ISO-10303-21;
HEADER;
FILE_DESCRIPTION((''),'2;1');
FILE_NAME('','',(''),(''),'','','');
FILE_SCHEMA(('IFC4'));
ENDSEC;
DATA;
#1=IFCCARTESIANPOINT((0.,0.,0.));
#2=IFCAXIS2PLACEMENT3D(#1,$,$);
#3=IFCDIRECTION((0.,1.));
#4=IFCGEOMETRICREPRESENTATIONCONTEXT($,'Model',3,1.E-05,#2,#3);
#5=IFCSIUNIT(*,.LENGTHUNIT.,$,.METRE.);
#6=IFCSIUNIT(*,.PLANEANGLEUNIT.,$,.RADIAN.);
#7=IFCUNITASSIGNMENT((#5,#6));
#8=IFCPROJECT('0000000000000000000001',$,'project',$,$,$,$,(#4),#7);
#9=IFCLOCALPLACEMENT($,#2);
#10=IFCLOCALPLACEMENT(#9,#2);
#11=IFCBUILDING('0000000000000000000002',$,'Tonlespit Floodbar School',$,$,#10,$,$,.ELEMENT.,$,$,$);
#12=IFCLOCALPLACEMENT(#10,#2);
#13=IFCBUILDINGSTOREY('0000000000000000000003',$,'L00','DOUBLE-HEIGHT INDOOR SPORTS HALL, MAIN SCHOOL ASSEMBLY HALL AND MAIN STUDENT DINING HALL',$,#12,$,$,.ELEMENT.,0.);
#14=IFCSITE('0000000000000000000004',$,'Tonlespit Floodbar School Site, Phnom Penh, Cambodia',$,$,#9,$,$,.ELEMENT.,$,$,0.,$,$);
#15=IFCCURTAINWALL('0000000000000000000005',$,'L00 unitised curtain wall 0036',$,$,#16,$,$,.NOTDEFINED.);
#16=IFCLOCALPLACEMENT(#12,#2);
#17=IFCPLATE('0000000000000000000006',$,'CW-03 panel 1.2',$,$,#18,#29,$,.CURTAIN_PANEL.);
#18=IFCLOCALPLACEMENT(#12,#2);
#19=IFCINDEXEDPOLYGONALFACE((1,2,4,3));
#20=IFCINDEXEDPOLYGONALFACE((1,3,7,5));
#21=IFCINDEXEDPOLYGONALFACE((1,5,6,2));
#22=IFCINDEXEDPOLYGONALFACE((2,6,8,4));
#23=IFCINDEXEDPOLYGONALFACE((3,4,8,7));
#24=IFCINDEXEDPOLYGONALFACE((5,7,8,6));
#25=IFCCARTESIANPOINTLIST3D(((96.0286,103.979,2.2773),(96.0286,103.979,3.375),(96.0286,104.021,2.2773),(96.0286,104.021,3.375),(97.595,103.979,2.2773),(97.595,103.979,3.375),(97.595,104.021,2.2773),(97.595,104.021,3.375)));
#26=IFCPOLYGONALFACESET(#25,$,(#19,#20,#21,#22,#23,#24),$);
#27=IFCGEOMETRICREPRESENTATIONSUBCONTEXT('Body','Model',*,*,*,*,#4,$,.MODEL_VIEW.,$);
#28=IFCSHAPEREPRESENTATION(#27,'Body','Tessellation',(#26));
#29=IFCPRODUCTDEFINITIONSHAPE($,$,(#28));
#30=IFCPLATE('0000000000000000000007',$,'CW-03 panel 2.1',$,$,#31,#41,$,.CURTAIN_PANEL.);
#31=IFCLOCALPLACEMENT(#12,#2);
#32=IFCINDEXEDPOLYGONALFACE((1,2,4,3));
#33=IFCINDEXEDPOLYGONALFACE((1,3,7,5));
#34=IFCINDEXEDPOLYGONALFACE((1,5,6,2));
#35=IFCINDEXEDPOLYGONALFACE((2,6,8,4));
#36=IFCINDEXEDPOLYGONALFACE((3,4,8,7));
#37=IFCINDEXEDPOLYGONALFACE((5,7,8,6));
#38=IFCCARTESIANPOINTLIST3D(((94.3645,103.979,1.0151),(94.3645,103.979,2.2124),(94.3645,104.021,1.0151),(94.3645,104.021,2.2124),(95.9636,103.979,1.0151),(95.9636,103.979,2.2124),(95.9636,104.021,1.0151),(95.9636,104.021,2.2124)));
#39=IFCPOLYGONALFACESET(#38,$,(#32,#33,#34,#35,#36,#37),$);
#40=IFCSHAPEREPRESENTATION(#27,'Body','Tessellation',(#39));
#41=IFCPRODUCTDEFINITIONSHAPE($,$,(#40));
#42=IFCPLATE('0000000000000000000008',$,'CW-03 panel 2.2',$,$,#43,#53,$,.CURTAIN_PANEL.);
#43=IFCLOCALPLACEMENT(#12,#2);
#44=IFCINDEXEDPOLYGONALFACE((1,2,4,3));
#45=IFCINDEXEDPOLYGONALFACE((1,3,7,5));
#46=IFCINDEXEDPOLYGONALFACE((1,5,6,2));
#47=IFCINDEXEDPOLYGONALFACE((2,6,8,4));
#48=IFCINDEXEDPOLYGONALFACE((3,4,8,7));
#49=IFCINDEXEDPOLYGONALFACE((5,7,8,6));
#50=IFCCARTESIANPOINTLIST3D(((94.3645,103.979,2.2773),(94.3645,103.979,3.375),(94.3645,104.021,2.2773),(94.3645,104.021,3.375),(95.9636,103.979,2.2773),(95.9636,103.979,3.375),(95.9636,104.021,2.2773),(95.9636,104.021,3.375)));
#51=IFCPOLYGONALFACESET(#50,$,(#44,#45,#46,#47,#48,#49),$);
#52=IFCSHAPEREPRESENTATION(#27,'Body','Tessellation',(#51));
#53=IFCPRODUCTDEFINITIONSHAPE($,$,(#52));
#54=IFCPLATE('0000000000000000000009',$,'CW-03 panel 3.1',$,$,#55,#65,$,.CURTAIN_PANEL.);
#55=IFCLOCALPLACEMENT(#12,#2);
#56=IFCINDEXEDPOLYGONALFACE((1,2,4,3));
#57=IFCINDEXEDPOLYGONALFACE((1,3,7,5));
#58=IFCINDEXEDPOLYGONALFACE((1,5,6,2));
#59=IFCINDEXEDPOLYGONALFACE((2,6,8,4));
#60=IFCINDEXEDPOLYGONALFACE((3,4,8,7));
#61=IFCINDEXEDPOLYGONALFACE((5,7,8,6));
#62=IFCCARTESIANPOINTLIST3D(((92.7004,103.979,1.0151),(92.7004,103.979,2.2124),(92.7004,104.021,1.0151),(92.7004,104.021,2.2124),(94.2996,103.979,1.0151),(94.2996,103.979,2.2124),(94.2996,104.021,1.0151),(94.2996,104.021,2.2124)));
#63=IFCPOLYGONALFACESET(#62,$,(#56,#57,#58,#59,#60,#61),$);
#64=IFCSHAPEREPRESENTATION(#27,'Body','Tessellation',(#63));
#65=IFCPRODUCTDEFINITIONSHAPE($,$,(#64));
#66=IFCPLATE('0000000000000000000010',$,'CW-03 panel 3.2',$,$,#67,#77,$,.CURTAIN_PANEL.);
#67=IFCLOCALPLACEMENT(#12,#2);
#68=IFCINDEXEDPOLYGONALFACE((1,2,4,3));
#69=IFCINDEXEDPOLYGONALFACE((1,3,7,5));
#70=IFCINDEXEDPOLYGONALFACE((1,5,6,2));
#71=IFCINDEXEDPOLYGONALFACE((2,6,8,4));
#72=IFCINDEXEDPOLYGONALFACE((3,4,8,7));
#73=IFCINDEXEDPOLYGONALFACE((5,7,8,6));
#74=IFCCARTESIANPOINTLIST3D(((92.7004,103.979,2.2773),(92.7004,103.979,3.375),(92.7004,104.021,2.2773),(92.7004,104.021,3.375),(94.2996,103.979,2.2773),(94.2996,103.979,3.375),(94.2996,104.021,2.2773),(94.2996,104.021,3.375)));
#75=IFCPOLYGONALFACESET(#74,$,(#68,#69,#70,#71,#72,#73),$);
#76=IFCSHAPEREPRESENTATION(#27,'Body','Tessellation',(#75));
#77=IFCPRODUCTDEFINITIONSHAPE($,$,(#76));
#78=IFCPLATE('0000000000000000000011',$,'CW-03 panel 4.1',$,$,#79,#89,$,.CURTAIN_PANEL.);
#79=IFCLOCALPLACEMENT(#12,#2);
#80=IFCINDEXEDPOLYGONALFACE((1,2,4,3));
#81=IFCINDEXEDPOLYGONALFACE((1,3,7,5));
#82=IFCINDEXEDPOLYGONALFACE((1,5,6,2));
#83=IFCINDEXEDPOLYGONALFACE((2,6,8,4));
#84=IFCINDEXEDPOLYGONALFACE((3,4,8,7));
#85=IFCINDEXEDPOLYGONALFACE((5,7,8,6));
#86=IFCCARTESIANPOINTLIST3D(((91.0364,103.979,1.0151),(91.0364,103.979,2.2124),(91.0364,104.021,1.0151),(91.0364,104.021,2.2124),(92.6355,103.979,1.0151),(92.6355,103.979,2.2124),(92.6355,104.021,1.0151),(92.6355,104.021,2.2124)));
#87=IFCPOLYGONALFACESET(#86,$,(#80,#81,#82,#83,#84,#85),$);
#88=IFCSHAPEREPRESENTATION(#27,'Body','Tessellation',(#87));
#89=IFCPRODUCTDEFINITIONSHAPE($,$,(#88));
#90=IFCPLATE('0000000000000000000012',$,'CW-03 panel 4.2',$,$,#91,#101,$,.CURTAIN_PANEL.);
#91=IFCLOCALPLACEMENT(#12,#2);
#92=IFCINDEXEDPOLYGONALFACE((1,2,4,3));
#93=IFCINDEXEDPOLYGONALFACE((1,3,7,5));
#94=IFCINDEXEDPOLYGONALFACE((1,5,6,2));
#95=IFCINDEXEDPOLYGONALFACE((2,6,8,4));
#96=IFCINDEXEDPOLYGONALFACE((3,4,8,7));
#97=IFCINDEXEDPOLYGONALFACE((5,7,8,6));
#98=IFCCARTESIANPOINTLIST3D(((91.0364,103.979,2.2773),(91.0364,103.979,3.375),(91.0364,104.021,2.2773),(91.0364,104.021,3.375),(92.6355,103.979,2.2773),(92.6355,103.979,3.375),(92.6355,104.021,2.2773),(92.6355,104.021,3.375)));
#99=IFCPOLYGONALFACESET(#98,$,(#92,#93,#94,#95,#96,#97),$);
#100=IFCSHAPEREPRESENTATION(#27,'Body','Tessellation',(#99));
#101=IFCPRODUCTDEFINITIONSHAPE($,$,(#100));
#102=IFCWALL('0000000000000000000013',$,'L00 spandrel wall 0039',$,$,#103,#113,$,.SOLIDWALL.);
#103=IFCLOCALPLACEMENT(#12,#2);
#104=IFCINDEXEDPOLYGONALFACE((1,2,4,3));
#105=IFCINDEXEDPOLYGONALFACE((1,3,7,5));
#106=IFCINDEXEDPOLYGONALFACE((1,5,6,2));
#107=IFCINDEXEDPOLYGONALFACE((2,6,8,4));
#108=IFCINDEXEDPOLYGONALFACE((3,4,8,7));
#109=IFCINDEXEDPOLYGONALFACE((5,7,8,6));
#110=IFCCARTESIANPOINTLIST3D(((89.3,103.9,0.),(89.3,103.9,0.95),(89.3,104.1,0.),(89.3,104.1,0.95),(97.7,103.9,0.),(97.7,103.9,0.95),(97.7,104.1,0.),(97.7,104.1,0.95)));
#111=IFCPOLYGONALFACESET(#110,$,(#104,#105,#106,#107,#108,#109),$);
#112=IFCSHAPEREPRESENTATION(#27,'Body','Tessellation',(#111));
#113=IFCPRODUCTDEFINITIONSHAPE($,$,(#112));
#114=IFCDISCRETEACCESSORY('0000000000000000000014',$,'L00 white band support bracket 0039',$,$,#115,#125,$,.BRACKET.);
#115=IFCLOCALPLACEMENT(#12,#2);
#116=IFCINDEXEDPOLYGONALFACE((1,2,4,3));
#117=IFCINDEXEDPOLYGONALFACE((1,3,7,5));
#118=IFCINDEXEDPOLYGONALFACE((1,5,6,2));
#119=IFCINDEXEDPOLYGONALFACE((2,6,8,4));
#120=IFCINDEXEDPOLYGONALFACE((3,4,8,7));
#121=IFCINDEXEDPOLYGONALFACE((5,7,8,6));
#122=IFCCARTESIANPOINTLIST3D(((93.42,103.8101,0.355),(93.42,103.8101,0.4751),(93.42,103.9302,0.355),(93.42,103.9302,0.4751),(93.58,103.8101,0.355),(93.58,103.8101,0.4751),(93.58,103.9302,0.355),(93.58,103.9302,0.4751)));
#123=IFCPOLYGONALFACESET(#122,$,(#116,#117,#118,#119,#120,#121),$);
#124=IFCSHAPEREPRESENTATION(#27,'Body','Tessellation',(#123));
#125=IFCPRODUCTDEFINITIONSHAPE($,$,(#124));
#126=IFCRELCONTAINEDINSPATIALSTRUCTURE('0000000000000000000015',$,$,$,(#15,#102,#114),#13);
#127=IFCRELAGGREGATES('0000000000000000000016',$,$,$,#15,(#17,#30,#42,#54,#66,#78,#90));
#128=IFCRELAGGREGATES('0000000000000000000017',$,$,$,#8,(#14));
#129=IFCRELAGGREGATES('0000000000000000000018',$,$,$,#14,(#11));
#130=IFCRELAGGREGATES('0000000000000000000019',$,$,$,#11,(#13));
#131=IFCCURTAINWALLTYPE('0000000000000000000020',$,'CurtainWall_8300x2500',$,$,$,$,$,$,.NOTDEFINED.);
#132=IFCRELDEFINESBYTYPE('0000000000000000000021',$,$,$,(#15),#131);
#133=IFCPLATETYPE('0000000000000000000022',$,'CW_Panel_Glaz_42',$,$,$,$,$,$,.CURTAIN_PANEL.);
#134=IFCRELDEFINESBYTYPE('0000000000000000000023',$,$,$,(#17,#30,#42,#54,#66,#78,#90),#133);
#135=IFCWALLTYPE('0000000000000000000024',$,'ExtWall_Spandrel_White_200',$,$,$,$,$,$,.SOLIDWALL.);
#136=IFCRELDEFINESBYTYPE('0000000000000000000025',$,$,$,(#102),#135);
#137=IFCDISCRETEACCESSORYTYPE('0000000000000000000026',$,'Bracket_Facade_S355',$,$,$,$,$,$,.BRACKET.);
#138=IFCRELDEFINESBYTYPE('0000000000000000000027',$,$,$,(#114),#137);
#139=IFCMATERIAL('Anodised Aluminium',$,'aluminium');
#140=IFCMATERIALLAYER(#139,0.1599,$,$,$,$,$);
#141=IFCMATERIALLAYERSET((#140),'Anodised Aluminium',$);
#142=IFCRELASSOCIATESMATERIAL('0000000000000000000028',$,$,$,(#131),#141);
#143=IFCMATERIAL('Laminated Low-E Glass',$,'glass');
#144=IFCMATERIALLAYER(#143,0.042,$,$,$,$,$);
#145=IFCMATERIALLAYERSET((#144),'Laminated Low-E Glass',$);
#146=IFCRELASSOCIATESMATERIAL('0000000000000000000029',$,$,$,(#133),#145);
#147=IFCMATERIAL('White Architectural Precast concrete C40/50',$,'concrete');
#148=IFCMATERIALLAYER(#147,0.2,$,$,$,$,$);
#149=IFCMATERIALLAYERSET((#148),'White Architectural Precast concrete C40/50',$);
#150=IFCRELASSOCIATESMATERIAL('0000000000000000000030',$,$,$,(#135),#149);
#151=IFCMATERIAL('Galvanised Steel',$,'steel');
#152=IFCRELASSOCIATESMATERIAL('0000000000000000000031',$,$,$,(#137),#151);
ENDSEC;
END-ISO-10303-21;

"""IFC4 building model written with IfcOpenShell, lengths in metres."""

from ifc_helpers import new_model, si_unit, direction, frame, frame_2d, origin, origin_2d, place, context, subcontext, project, spatial, rectangle, extrude, material, layer, layer_set, type_object, element, aggregate, save


model = new_model("IFC4")

# Units and contexts
model_context = context("Model", 3, precision=1e-05, world=origin(), true_north=direction((0.0, 1.0)))
body_context = subcontext(model_context, "Body", "Model", "MODEL_VIEW")
ifc_project = project(units=[si_unit("LENGTHUNIT", "METRE"), si_unit("PLANEANGLEUNIT", "RADIAN")], contexts=[model_context])

# Site, building, storey
site_placement = place(None, origin())
site = spatial("IfcSite", under=ifc_project, at=site_placement, Name="Tonlespit Floodbar School Site, Phnom Penh, Cambodia", CompositionType="ELEMENT", RefElevation=0.0)
building_placement = place(site_placement, origin())
building = spatial("IfcBuilding", under=site, at=building_placement, Name="Tonlespit Floodbar School", CompositionType="ELEMENT")
storey_placement = place(building_placement, origin())
storey = spatial("IfcBuildingStorey", under=building, at=storey_placement, Name="L00", Description="DOUBLE-HEIGHT INDOOR SPORTS HALL, MAIN SCHOOL ASSEMBLY HALL AND MAIN STUDENT DINING HALL", CompositionType="ELEMENT", Elevation=0.0)

# Curtain wall, plates
ifc_material_1 = material(Name="Anodised Aluminium", Category="aluminium")
ifc_layer_1 = layer(ifc_material_1, 0.1599)
ifc_layer_set_1 = layer_set([ifc_layer_1], Name="Anodised Aluminium")
curtain_wall_type = type_object("IfcCurtainWallType", Name="CurtainWall_8300x2500", PredefinedType="NOTDEFINED", material=ifc_layer_set_1)
curtain_wall_placement = place(storey_placement, origin())
curtain_wall = element("IfcCurtainWall", 1, at=curtain_wall_placement, inside=storey, type_object=curtain_wall_type, Name="L00 unitised curtain wall 0036", PredefinedType="NOTDEFINED")
ifc_material_2 = material(Name="Laminated Low-E Glass", Category="glass")
ifc_layer_2 = layer(ifc_material_2, 0.042)
ifc_layer_set_2 = layer_set([ifc_layer_2], Name="Laminated Low-E Glass")
plate_type = type_object("IfcPlateType", Name="CW_Panel_Glaz_42", PredefinedType="CURTAIN_PANEL", material=ifc_layer_set_2)
plate_1_placement = place(storey_placement, frame((96.8118, 104.0, 2.2773), z_axis=(0.0, 0.0, 1.0), x_axis=(-1.0, 0.0, 0.0)))
plate_1 = element("IfcPlate", 2, at=plate_1_placement, type_object=plate_type, Name="CW-03 panel 1.2", PredefinedType="CURTAIN_PANEL", context=body_context, shape_type="SweptSolid", body=[
    extrude(rectangle(XDim=1.5664, YDim=0.042, at=origin_2d()), origin(), (0.0, 0.0, 1.0), 1.0977),
])
plate_2_placement = place(storey_placement, frame((95.1641, 104.0, 1.0151), z_axis=(0.0, 0.0, 1.0), x_axis=(-1.0, 0.0, 0.0)))
plate_2 = element("IfcPlate", 3, at=plate_2_placement, type_object=plate_type, Name="CW-03 panel 2.1", PredefinedType="CURTAIN_PANEL", context=body_context, shape_type="SweptSolid", body=[
    extrude(rectangle(XDim=1.5991, YDim=0.042, at=origin_2d()), origin(), (0.0, 0.0, 1.0), 1.1973),
])
plate_3_placement = place(storey_placement, frame((95.1641, 104.0, 2.2773), z_axis=(0.0, 0.0, 1.0), x_axis=(-1.0, 0.0, 0.0)))
plate_3 = element("IfcPlate", 4, at=plate_3_placement, type_object=plate_type, Name="CW-03 panel 2.2", PredefinedType="CURTAIN_PANEL", context=body_context, shape_type="SweptSolid", body=[
    extrude(rectangle(XDim=1.5991, YDim=0.042, at=origin_2d()), origin(), (0.0, 0.0, 1.0), 1.0977),
])
plate_4_placement = place(storey_placement, frame((93.5, 104.0, 1.0151), z_axis=(0.0, 0.0, 1.0), x_axis=(-1.0, 0.0, 0.0)))
plate_4 = element("IfcPlate", 5, at=plate_4_placement, type_object=plate_type, Name="CW-03 panel 3.1", PredefinedType="CURTAIN_PANEL", context=body_context, shape_type="SweptSolid", body=[
    extrude(rectangle(XDim=1.5991, YDim=0.042, at=origin_2d()), origin(), (0.0, 0.0, 1.0), 1.1973),
])
plate_5_placement = place(storey_placement, frame((93.5, 104.0, 2.2773), z_axis=(0.0, 0.0, 1.0), x_axis=(-1.0, 0.0, 0.0)))
plate_5 = element("IfcPlate", 6, at=plate_5_placement, type_object=plate_type, Name="CW-03 panel 3.2", PredefinedType="CURTAIN_PANEL", context=body_context, shape_type="SweptSolid", body=[
    extrude(rectangle(XDim=1.5991, YDim=0.042, at=origin_2d()), origin(), (0.0, 0.0, 1.0), 1.0977),
])
plate_6_placement = place(storey_placement, frame((91.8359, 104.0, 1.0151), z_axis=(0.0, 0.0, 1.0), x_axis=(-1.0, 0.0, 0.0)))
plate_6 = element("IfcPlate", 7, at=plate_6_placement, type_object=plate_type, Name="CW-03 panel 4.1", PredefinedType="CURTAIN_PANEL", context=body_context, shape_type="SweptSolid", body=[
    extrude(rectangle(XDim=1.5991, YDim=0.042, at=origin_2d()), origin(), (0.0, 0.0, 1.0), 1.1973),
])
plate_7_placement = place(storey_placement, frame((91.8359, 104.0, 2.2773), z_axis=(0.0, 0.0, 1.0), x_axis=(-1.0, 0.0, 0.0)))
plate_7 = element("IfcPlate", 8, at=plate_7_placement, type_object=plate_type, Name="CW-03 panel 4.2", PredefinedType="CURTAIN_PANEL", context=body_context, shape_type="SweptSolid", body=[
    extrude(rectangle(XDim=1.5991, YDim=0.042, at=origin_2d()), origin(), (0.0, 0.0, 1.0), 1.0977),
])
aggregate(curtain_wall, [plate_1, plate_2, plate_3, plate_4, plate_5, plate_6, plate_7])

# Wall
ifc_material_3 = material(Name="White Architectural Precast concrete C40/50", Category="concrete")
ifc_layer_3 = layer(ifc_material_3, 0.2)
ifc_layer_set_3 = layer_set([ifc_layer_3], Name="White Architectural Precast concrete C40/50")
wall_type = type_object("IfcWallType", Name="ExtWall_Spandrel_White_200", PredefinedType="SOLIDWALL", material=ifc_layer_set_3)
wall_placement = place(storey_placement, frame((97.7, 104.0, 0.0), z_axis=(0.0, 0.0, 1.0), x_axis=(-1.0, 0.0, 0.0)))
element("IfcWall", 9, at=wall_placement, inside=storey, type_object=wall_type, Name="L00 spandrel wall 0039", PredefinedType="SOLIDWALL", context=body_context, shape_type="SweptSolid", body=[
    extrude(rectangle(XDim=8.3999, YDim=0.2, at=frame_2d((4.2, 0.0))), origin(), (0.0, 0.0, 1.0), 0.95),
])

# Discrete accessory
ifc_material_4 = material(Name="Galvanised Steel", Category="steel")
discrete_accessory_type = type_object("IfcDiscreteAccessoryType", Name="Bracket_Facade_S355", PredefinedType="BRACKET", material=ifc_material_4)
discrete_accessory_placement = place(storey_placement, frame((93.5, 103.8701, 0.355), z_axis=(0.0, 0.0, 1.0), x_axis=(-1.0, 0.0, 0.0)))
element("IfcDiscreteAccessory", 10, at=discrete_accessory_placement, inside=storey, type_object=discrete_accessory_type, Name="L00 white band support bracket 0039", PredefinedType="BRACKET", context=body_context, shape_type="SweptSolid", body=[
    extrude(rectangle(XDim=0.1599, YDim=0.1201, at=origin_2d()), origin(), (0.0, 0.0, 1.0), 0.1201),
])

save(model, "model.ifc")
